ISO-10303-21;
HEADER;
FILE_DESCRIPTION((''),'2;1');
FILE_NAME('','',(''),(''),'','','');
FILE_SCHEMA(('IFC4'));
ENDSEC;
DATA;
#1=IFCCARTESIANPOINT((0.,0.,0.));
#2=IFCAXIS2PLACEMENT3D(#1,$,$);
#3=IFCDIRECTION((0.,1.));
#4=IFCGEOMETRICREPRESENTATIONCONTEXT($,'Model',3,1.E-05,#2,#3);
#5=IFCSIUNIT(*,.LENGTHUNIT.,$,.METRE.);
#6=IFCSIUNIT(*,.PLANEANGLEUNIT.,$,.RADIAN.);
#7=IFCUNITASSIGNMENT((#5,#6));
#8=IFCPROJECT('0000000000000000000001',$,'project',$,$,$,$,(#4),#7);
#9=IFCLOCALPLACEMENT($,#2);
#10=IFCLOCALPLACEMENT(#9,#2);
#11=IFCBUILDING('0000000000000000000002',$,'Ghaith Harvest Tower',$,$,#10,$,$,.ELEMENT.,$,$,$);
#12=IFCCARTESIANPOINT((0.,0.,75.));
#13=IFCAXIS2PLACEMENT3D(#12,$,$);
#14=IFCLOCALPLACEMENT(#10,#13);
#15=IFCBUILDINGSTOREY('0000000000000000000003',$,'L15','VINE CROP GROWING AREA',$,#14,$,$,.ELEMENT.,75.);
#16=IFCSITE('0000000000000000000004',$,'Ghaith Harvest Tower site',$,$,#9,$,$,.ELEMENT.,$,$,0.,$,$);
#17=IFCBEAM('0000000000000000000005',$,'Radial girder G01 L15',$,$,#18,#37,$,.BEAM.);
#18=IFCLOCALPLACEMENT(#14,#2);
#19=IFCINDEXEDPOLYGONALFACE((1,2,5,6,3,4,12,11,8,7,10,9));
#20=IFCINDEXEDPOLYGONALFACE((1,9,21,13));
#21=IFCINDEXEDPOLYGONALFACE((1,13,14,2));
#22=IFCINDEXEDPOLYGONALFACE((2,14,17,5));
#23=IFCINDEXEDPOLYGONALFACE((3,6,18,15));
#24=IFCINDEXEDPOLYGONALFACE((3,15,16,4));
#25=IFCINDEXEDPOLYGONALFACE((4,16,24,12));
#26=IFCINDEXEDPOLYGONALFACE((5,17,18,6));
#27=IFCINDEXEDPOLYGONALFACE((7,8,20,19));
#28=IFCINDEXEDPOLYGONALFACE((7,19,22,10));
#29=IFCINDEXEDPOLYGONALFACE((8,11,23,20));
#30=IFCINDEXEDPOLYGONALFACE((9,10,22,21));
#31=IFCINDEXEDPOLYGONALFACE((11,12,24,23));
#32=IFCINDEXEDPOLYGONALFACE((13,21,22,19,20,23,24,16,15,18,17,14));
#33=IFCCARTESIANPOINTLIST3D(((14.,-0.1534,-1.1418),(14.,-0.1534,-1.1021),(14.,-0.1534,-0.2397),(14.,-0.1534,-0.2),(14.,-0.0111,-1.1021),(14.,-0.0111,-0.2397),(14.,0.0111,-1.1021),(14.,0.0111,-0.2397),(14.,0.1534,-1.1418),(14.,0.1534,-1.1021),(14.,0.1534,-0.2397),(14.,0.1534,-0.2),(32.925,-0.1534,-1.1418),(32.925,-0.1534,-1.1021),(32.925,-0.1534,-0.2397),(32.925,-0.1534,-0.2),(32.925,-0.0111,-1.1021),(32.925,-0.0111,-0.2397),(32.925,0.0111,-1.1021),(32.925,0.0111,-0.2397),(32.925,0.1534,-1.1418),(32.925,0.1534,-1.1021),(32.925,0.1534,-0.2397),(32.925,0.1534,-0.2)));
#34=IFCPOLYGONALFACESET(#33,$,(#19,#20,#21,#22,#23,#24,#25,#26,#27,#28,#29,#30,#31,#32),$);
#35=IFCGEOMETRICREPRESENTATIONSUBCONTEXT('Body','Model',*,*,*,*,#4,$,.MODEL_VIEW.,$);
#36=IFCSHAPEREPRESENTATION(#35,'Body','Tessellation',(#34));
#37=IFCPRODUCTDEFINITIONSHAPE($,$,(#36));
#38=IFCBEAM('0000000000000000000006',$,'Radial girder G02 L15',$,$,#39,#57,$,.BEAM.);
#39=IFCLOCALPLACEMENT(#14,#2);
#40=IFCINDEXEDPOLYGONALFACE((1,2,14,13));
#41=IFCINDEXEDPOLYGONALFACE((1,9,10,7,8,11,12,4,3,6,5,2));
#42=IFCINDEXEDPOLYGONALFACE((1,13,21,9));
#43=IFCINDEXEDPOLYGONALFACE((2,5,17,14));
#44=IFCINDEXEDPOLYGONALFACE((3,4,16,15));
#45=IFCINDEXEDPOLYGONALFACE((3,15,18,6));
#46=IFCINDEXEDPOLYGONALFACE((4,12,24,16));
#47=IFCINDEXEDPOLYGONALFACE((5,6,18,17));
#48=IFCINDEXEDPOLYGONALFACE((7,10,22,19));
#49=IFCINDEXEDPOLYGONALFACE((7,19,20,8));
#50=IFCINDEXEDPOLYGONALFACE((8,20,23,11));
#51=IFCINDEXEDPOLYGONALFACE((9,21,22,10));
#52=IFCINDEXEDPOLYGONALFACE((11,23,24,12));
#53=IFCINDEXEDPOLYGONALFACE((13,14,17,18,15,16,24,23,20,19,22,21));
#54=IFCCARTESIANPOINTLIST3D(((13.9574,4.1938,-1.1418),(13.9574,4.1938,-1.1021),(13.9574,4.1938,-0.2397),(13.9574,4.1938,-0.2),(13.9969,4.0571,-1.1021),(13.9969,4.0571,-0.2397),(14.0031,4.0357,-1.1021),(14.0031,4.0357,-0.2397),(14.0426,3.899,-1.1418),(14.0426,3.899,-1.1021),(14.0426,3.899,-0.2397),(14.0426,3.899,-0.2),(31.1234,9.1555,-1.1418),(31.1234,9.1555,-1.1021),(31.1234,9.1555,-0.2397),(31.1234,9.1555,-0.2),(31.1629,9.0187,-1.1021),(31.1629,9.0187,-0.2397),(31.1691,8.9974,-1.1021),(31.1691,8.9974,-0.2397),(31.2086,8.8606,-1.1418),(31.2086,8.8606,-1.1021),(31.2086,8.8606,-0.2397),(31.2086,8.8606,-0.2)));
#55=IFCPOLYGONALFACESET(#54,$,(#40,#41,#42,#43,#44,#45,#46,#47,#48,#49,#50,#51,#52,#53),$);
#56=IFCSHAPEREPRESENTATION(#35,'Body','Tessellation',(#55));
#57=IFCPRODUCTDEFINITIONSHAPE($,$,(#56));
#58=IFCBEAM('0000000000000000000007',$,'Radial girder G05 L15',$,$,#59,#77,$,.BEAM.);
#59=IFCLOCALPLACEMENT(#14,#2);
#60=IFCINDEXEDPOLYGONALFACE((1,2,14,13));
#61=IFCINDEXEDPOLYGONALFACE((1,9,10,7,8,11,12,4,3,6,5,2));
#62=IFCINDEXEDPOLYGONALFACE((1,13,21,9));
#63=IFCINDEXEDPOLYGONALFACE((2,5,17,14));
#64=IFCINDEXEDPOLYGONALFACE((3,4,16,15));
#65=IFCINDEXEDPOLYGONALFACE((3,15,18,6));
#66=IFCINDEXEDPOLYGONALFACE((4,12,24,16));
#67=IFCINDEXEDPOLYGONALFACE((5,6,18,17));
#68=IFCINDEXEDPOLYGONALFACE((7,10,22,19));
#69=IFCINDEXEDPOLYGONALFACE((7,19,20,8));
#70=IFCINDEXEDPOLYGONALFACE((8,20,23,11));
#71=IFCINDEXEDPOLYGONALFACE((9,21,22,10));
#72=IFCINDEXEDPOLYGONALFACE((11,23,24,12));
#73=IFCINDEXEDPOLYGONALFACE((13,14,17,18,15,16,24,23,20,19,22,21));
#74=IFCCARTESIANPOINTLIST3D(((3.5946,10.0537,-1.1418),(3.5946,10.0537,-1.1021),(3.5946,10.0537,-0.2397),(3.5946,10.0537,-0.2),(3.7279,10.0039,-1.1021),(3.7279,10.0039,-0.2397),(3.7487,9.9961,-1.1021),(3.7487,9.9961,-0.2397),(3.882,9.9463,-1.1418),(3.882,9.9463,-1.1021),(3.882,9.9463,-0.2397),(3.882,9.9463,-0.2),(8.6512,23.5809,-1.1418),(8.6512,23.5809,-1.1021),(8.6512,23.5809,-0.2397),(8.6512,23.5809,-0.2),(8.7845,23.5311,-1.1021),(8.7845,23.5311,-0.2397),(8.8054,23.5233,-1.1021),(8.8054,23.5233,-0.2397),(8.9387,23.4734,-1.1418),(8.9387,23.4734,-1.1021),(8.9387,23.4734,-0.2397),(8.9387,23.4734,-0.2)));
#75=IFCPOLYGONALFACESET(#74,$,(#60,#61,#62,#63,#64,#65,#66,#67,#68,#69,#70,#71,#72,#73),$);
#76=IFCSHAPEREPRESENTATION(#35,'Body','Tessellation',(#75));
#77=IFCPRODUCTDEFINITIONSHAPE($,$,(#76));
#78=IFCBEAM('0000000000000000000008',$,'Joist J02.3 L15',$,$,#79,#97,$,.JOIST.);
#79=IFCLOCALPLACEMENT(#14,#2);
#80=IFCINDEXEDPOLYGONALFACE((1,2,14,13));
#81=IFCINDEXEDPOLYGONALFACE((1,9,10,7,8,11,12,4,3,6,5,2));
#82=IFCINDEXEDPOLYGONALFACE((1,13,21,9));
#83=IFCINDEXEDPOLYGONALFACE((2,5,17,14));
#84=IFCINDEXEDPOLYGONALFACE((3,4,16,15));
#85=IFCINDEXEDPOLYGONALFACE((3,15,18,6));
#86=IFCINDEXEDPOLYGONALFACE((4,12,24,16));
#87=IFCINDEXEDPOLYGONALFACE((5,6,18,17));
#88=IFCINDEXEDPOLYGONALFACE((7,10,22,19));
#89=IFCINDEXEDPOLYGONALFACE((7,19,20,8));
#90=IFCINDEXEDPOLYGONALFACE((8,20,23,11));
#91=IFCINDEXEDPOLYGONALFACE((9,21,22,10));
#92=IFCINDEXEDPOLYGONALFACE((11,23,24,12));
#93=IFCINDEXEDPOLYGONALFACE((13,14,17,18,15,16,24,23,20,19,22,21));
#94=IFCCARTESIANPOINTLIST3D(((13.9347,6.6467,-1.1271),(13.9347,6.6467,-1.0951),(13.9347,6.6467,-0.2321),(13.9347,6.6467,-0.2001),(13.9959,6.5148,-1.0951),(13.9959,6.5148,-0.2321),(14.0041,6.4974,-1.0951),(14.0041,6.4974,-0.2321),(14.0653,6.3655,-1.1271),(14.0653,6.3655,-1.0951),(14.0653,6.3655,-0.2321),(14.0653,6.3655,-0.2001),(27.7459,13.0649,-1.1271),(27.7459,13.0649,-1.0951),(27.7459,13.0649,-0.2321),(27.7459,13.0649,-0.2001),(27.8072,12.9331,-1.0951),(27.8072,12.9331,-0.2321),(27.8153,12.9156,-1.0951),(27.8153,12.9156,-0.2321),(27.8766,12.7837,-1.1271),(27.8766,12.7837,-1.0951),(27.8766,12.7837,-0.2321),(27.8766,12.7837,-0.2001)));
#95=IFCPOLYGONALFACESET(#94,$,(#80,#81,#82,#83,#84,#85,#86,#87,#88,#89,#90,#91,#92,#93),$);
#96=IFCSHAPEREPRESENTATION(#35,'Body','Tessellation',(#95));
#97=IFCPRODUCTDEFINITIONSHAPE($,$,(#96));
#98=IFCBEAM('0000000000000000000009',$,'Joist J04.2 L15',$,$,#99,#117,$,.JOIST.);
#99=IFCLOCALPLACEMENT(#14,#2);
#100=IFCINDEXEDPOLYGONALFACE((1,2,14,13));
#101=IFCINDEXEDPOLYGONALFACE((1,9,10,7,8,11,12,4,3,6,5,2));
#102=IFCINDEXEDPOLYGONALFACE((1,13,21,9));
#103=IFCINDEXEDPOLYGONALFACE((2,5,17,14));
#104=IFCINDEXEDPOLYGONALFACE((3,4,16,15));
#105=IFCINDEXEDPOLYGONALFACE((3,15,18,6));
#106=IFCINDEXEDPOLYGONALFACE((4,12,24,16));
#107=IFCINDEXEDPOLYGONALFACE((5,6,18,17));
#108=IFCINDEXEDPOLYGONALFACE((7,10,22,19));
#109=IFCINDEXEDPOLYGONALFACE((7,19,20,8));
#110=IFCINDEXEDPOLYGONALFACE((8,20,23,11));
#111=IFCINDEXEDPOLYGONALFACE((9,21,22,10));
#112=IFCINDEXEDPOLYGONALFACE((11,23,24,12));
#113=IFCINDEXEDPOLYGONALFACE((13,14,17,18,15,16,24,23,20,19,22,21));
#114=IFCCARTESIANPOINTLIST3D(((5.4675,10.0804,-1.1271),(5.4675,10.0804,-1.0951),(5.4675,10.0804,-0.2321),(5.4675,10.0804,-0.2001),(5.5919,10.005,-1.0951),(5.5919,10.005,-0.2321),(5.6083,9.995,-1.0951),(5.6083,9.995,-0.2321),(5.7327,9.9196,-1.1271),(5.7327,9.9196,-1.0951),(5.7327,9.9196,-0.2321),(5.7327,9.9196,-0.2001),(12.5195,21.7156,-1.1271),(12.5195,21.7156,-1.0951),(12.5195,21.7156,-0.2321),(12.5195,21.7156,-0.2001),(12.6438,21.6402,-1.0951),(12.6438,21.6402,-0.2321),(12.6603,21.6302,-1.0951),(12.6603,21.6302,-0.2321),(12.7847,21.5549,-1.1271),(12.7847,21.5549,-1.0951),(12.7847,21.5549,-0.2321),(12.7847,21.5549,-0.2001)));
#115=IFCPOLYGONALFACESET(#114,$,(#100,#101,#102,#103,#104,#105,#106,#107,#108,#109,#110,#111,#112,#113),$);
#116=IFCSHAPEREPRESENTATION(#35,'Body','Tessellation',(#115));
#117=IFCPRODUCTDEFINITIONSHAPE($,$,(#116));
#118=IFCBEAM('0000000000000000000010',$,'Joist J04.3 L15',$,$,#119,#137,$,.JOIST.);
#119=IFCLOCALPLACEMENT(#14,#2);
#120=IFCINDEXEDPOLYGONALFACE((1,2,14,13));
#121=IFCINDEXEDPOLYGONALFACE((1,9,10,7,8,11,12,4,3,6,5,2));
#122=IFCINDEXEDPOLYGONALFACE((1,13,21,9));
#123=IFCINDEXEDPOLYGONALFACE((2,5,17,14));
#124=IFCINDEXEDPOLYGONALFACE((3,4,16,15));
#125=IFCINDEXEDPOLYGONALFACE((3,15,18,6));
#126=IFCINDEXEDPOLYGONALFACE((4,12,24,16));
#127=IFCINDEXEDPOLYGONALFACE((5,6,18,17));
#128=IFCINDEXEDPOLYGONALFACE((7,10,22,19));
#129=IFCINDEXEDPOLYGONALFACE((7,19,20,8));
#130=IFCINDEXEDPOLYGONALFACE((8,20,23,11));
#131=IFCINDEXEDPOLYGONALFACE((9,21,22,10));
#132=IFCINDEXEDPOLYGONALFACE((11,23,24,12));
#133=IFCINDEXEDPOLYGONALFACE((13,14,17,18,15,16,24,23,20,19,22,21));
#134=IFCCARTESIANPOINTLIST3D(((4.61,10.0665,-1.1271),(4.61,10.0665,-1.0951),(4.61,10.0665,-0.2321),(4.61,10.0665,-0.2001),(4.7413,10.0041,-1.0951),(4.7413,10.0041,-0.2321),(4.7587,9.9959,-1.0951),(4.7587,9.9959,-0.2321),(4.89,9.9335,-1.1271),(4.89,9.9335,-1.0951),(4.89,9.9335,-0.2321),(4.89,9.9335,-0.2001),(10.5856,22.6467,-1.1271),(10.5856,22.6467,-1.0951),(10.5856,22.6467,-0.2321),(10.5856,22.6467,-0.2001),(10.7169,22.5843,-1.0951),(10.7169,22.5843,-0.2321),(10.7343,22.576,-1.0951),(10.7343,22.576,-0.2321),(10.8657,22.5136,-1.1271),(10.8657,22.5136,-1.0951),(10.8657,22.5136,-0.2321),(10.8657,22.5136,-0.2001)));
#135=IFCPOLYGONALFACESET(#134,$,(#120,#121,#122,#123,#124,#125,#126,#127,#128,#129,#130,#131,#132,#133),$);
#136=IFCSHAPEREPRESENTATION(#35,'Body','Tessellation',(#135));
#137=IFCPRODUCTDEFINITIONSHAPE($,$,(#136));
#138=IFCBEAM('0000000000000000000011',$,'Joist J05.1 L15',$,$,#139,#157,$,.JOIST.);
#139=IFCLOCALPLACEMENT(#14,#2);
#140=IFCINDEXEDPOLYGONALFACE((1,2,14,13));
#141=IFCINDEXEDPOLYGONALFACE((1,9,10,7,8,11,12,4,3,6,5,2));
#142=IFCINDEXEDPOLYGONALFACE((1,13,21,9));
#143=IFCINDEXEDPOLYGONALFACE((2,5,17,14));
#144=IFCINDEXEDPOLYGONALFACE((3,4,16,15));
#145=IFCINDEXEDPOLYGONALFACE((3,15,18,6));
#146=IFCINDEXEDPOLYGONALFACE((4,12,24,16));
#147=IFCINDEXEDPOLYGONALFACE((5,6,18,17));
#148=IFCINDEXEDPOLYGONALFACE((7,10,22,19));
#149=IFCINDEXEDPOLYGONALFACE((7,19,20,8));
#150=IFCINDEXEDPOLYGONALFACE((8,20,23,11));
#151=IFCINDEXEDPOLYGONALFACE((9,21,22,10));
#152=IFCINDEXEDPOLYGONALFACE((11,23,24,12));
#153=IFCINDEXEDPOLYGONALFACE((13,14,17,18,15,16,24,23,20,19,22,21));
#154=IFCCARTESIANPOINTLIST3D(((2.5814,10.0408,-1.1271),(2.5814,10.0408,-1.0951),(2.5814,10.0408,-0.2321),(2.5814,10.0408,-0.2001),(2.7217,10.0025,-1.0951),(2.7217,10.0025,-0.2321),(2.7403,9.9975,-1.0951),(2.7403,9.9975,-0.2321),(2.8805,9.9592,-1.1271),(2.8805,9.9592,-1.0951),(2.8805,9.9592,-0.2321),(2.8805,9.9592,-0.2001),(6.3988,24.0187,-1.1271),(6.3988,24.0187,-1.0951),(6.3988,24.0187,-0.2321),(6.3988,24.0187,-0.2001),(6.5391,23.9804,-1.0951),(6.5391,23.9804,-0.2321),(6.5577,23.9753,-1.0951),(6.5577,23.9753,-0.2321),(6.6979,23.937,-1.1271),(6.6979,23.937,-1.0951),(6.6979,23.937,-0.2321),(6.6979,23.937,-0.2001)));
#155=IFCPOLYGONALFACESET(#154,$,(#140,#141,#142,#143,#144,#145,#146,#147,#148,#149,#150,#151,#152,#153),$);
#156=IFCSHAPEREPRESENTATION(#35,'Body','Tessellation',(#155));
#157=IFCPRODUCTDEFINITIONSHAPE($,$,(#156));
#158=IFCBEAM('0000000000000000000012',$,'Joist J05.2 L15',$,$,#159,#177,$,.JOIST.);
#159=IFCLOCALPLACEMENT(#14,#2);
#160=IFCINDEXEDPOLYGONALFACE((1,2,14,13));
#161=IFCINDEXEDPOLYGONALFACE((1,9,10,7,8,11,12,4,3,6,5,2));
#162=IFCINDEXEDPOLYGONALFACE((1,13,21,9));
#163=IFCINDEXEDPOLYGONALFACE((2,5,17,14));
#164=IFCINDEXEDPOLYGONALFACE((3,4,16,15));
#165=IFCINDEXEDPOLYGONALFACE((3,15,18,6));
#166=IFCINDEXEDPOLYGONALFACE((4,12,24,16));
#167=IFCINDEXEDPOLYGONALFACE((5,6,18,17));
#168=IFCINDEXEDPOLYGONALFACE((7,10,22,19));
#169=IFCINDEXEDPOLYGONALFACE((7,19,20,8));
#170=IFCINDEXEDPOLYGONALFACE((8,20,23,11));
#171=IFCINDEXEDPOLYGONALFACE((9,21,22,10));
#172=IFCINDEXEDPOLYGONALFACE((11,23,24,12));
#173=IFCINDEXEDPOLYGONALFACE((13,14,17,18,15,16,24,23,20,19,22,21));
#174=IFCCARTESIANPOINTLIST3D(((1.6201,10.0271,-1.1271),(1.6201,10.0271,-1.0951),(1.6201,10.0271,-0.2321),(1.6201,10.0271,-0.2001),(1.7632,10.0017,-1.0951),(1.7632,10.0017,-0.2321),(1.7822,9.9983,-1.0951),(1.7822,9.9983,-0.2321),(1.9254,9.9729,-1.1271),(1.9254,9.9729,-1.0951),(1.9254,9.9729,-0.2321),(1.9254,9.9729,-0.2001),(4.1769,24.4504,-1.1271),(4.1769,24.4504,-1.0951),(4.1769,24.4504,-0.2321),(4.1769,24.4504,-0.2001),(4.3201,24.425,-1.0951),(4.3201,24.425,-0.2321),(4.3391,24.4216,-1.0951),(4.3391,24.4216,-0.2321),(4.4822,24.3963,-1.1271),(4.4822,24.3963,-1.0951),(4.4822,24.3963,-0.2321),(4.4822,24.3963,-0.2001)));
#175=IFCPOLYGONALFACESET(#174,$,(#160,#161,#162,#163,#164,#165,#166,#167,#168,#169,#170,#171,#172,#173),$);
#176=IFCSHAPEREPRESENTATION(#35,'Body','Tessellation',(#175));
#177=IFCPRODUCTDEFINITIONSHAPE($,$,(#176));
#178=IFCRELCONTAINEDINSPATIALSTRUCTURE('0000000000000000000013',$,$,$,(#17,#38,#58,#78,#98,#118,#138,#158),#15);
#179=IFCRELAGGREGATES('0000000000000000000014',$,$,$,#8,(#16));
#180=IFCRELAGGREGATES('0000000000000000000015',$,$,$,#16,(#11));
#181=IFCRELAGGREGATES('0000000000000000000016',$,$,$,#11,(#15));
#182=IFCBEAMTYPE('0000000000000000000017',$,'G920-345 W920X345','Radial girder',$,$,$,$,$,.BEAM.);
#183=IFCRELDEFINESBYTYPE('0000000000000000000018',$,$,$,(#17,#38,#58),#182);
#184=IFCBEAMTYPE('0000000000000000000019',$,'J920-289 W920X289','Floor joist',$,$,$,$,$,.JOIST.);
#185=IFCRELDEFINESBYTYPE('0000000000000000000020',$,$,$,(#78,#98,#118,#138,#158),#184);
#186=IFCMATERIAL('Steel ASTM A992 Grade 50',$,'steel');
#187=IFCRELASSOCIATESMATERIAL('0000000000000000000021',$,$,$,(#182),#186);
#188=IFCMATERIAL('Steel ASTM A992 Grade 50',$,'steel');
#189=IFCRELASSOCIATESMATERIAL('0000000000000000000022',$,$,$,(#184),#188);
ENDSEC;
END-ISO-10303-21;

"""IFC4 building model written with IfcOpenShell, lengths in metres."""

from ifc_helpers import new_model, si_unit, direction, frame, origin, origin_2d, place, context, subcontext, project, spatial, i_section, extrude, material, material_profile, profile_set, type_object, element, save


model = new_model("IFC4")

# Units and contexts
model_context = context("Model", 3, precision=1e-05, world=origin(), true_north=direction((0.0, 1.0)))
body_context = subcontext(model_context, "Body", "Model", "MODEL_VIEW")
ifc_project = project(units=[si_unit("LENGTHUNIT", "METRE"), si_unit("PLANEANGLEUNIT", "RADIAN")], contexts=[model_context])

# Site, building, storey
site_placement = place(None, origin())
site = spatial("IfcSite", under=ifc_project, at=site_placement, Name="Ghaith Harvest Tower site", CompositionType="ELEMENT", RefElevation=0.0)
building_placement = place(site_placement, origin())
building = spatial("IfcBuilding", under=site, at=building_placement, Name="Ghaith Harvest Tower", CompositionType="ELEMENT")
storey_placement = place(building_placement, frame((0.0, 0.0, 75.0)))
storey = spatial("IfcBuildingStorey", under=building, at=storey_placement, Name="L15", Description="VINE CROP GROWING AREA", CompositionType="ELEMENT", Elevation=75.0)

# Beams
ifc_material_1 = material(Name="Steel ASTM A992 Grade 50", Category="steel")
ifc_material_profile_1 = material_profile(ifc_material_1, i_section(OverallWidth=0.3069, OverallDepth=0.9419, WebThickness=0.0222, FlangeThickness=0.0398, at=origin_2d()), Name="W920X345")
ifc_profile_set_1 = profile_set([ifc_material_profile_1], Name="Steel ASTM A992 Grade 50")
beam_type_1 = type_object("IfcBeamType", Name="G920-345 W920X345", Description="Radial girder", PredefinedType="BEAM", material=ifc_profile_set_1)
beam_1_placement = place(storey_placement, frame((14.0, 0.0, -0.6709), z_axis=(1.0, 0.0, 0.0), x_axis=(0.0, 1.0, 0.0)))
element("IfcBeam", 1, at=beam_1_placement, inside=storey, type_object=beam_type_1, Name="Radial girder G01 L15", PredefinedType="BEAM", context=body_context, shape_type="SweptSolid", body=[
    extrude(i_section(OverallWidth=0.3069, OverallDepth=0.9419, WebThickness=0.0222, FlangeThickness=0.0398, at=origin_2d()), origin(), (0.0, 0.0, 1.0), 18.925),
])
beam_2_placement = place(storey_placement, frame((14.0, 4.0464, -0.6709), z_axis=(0.960675, 0.277674, 0.0), x_axis=(-0.277674, 0.960675, 0.0)))
element("IfcBeam", 2, at=beam_2_placement, inside=storey, type_object=beam_type_1, Name="Radial girder G02 L15", PredefinedType="BEAM", context=body_context, shape_type="SweptSolid", body=[
    extrude(i_section(OverallWidth=0.3069, OverallDepth=0.9419, WebThickness=0.0222, FlangeThickness=0.0398, at=origin_2d()), origin(), (0.0, 0.0, 1.0), 17.8687),
])
beam_3_placement = place(storey_placement, frame((3.7383, 10.0, -0.6709), z_axis=(0.350151, 0.936693, 0.0), x_axis=(-0.936693, 0.350151, 0.0)))
element("IfcBeam", 3, at=beam_3_placement, inside=storey, type_object=beam_type_1, Name="Radial girder G05 L15", PredefinedType="BEAM", context=body_context, shape_type="SweptSolid", body=[
    extrude(i_section(OverallWidth=0.3069, OverallDepth=0.9419, WebThickness=0.0222, FlangeThickness=0.0398, at=origin_2d()), origin(), (0.0, 0.0, 1.0), 14.4414),
])
ifc_material_2 = material(Name="Steel ASTM A992 Grade 50", Category="steel")
ifc_material_profile_2 = material_profile(ifc_material_2, i_section(OverallWidth=0.3101, OverallDepth=0.927, WebThickness=0.0193, FlangeThickness=0.032, at=origin_2d()), Name="W920X289")
ifc_profile_set_2 = profile_set([ifc_material_profile_2], Name="Steel ASTM A992 Grade 50")
beam_type_2 = type_object("IfcBeamType", Name="J920-289 W920X289", Description="Floor joist", PredefinedType="JOIST", material=ifc_profile_set_2)
beam_4_placement = place(storey_placement, frame((14.0, 6.5061, -0.6636), z_axis=(0.906863, 0.421426, 0.0), x_axis=(-0.421426, 0.906863, 0.0)))
element("IfcBeam", 4, at=beam_4_placement, inside=storey, type_object=beam_type_2, Name="Joist J02.3 L15", PredefinedType="JOIST", context=body_context, shape_type="SweptSolid", body=[
    extrude(i_section(OverallWidth=0.3101, OverallDepth=0.927, WebThickness=0.0193, FlangeThickness=0.032, at=origin_2d()), origin(), (0.0, 0.0, 1.0), 15.2297),
])
beam_5_placement = place(storey_placement, frame((5.6001, 10.0, -0.6636), z_axis=(0.51832, 0.855187, 0.0), x_axis=(-0.855187, 0.51832, 0.0)))
element("IfcBeam", 5, at=beam_5_placement, inside=storey, type_object=beam_type_2, Name="Joist J04.2 L15", PredefinedType="JOIST", context=body_context, shape_type="SweptSolid", body=[
    extrude(i_section(OverallWidth=0.3101, OverallDepth=0.927, WebThickness=0.0193, FlangeThickness=0.032, at=origin_2d()), origin(), (0.0, 0.0, 1.0), 13.6055),
])
beam_6_placement = place(storey_placement, frame((4.75, 10.0, -0.6636), z_axis=(0.42906, 0.903276, 0.0), x_axis=(-0.903276, 0.42906, 0.0)))
element("IfcBeam", 6, at=beam_6_placement, inside=storey, type_object=beam_type_2, Name="Joist J04.3 L15", PredefinedType="JOIST", context=body_context, shape_type="SweptSolid", body=[
    extrude(i_section(OverallWidth=0.3101, OverallDepth=0.927, WebThickness=0.0193, FlangeThickness=0.032, at=origin_2d()), origin(), (0.0, 0.0, 1.0), 13.9272),
])
beam_7_placement = place(storey_placement, frame((2.731, 10.0, -0.6636), z_axis=(0.263455, 0.964672, 0.0), x_axis=(-0.964672, 0.263455, 0.0)))
element("IfcBeam", 7, at=beam_7_placement, inside=storey, type_object=beam_type_2, Name="Joist J05.1 L15", PredefinedType="JOIST", context=body_context, shape_type="SweptSolid", body=[
    extrude(i_section(OverallWidth=0.3101, OverallDepth=0.927, WebThickness=0.0193, FlangeThickness=0.032, at=origin_2d()), origin(), (0.0, 0.0, 1.0), 14.4897),
])
beam_8_placement = place(storey_placement, frame((1.7727, 10.0, -0.6636), z_axis=(0.174553, 0.984648, 0.0), x_axis=(-0.984648, 0.174553, 0.0)))
element("IfcBeam", 8, at=beam_8_placement, inside=storey, type_object=beam_type_2, Name="Joist J05.2 L15", PredefinedType="JOIST", context=body_context, shape_type="SweptSolid", body=[
    extrude(i_section(OverallWidth=0.3101, OverallDepth=0.927, WebThickness=0.0193, FlangeThickness=0.032, at=origin_2d()), origin(), (0.0, 0.0, 1.0), 14.6482),
])

save(model, "model.ifc")
